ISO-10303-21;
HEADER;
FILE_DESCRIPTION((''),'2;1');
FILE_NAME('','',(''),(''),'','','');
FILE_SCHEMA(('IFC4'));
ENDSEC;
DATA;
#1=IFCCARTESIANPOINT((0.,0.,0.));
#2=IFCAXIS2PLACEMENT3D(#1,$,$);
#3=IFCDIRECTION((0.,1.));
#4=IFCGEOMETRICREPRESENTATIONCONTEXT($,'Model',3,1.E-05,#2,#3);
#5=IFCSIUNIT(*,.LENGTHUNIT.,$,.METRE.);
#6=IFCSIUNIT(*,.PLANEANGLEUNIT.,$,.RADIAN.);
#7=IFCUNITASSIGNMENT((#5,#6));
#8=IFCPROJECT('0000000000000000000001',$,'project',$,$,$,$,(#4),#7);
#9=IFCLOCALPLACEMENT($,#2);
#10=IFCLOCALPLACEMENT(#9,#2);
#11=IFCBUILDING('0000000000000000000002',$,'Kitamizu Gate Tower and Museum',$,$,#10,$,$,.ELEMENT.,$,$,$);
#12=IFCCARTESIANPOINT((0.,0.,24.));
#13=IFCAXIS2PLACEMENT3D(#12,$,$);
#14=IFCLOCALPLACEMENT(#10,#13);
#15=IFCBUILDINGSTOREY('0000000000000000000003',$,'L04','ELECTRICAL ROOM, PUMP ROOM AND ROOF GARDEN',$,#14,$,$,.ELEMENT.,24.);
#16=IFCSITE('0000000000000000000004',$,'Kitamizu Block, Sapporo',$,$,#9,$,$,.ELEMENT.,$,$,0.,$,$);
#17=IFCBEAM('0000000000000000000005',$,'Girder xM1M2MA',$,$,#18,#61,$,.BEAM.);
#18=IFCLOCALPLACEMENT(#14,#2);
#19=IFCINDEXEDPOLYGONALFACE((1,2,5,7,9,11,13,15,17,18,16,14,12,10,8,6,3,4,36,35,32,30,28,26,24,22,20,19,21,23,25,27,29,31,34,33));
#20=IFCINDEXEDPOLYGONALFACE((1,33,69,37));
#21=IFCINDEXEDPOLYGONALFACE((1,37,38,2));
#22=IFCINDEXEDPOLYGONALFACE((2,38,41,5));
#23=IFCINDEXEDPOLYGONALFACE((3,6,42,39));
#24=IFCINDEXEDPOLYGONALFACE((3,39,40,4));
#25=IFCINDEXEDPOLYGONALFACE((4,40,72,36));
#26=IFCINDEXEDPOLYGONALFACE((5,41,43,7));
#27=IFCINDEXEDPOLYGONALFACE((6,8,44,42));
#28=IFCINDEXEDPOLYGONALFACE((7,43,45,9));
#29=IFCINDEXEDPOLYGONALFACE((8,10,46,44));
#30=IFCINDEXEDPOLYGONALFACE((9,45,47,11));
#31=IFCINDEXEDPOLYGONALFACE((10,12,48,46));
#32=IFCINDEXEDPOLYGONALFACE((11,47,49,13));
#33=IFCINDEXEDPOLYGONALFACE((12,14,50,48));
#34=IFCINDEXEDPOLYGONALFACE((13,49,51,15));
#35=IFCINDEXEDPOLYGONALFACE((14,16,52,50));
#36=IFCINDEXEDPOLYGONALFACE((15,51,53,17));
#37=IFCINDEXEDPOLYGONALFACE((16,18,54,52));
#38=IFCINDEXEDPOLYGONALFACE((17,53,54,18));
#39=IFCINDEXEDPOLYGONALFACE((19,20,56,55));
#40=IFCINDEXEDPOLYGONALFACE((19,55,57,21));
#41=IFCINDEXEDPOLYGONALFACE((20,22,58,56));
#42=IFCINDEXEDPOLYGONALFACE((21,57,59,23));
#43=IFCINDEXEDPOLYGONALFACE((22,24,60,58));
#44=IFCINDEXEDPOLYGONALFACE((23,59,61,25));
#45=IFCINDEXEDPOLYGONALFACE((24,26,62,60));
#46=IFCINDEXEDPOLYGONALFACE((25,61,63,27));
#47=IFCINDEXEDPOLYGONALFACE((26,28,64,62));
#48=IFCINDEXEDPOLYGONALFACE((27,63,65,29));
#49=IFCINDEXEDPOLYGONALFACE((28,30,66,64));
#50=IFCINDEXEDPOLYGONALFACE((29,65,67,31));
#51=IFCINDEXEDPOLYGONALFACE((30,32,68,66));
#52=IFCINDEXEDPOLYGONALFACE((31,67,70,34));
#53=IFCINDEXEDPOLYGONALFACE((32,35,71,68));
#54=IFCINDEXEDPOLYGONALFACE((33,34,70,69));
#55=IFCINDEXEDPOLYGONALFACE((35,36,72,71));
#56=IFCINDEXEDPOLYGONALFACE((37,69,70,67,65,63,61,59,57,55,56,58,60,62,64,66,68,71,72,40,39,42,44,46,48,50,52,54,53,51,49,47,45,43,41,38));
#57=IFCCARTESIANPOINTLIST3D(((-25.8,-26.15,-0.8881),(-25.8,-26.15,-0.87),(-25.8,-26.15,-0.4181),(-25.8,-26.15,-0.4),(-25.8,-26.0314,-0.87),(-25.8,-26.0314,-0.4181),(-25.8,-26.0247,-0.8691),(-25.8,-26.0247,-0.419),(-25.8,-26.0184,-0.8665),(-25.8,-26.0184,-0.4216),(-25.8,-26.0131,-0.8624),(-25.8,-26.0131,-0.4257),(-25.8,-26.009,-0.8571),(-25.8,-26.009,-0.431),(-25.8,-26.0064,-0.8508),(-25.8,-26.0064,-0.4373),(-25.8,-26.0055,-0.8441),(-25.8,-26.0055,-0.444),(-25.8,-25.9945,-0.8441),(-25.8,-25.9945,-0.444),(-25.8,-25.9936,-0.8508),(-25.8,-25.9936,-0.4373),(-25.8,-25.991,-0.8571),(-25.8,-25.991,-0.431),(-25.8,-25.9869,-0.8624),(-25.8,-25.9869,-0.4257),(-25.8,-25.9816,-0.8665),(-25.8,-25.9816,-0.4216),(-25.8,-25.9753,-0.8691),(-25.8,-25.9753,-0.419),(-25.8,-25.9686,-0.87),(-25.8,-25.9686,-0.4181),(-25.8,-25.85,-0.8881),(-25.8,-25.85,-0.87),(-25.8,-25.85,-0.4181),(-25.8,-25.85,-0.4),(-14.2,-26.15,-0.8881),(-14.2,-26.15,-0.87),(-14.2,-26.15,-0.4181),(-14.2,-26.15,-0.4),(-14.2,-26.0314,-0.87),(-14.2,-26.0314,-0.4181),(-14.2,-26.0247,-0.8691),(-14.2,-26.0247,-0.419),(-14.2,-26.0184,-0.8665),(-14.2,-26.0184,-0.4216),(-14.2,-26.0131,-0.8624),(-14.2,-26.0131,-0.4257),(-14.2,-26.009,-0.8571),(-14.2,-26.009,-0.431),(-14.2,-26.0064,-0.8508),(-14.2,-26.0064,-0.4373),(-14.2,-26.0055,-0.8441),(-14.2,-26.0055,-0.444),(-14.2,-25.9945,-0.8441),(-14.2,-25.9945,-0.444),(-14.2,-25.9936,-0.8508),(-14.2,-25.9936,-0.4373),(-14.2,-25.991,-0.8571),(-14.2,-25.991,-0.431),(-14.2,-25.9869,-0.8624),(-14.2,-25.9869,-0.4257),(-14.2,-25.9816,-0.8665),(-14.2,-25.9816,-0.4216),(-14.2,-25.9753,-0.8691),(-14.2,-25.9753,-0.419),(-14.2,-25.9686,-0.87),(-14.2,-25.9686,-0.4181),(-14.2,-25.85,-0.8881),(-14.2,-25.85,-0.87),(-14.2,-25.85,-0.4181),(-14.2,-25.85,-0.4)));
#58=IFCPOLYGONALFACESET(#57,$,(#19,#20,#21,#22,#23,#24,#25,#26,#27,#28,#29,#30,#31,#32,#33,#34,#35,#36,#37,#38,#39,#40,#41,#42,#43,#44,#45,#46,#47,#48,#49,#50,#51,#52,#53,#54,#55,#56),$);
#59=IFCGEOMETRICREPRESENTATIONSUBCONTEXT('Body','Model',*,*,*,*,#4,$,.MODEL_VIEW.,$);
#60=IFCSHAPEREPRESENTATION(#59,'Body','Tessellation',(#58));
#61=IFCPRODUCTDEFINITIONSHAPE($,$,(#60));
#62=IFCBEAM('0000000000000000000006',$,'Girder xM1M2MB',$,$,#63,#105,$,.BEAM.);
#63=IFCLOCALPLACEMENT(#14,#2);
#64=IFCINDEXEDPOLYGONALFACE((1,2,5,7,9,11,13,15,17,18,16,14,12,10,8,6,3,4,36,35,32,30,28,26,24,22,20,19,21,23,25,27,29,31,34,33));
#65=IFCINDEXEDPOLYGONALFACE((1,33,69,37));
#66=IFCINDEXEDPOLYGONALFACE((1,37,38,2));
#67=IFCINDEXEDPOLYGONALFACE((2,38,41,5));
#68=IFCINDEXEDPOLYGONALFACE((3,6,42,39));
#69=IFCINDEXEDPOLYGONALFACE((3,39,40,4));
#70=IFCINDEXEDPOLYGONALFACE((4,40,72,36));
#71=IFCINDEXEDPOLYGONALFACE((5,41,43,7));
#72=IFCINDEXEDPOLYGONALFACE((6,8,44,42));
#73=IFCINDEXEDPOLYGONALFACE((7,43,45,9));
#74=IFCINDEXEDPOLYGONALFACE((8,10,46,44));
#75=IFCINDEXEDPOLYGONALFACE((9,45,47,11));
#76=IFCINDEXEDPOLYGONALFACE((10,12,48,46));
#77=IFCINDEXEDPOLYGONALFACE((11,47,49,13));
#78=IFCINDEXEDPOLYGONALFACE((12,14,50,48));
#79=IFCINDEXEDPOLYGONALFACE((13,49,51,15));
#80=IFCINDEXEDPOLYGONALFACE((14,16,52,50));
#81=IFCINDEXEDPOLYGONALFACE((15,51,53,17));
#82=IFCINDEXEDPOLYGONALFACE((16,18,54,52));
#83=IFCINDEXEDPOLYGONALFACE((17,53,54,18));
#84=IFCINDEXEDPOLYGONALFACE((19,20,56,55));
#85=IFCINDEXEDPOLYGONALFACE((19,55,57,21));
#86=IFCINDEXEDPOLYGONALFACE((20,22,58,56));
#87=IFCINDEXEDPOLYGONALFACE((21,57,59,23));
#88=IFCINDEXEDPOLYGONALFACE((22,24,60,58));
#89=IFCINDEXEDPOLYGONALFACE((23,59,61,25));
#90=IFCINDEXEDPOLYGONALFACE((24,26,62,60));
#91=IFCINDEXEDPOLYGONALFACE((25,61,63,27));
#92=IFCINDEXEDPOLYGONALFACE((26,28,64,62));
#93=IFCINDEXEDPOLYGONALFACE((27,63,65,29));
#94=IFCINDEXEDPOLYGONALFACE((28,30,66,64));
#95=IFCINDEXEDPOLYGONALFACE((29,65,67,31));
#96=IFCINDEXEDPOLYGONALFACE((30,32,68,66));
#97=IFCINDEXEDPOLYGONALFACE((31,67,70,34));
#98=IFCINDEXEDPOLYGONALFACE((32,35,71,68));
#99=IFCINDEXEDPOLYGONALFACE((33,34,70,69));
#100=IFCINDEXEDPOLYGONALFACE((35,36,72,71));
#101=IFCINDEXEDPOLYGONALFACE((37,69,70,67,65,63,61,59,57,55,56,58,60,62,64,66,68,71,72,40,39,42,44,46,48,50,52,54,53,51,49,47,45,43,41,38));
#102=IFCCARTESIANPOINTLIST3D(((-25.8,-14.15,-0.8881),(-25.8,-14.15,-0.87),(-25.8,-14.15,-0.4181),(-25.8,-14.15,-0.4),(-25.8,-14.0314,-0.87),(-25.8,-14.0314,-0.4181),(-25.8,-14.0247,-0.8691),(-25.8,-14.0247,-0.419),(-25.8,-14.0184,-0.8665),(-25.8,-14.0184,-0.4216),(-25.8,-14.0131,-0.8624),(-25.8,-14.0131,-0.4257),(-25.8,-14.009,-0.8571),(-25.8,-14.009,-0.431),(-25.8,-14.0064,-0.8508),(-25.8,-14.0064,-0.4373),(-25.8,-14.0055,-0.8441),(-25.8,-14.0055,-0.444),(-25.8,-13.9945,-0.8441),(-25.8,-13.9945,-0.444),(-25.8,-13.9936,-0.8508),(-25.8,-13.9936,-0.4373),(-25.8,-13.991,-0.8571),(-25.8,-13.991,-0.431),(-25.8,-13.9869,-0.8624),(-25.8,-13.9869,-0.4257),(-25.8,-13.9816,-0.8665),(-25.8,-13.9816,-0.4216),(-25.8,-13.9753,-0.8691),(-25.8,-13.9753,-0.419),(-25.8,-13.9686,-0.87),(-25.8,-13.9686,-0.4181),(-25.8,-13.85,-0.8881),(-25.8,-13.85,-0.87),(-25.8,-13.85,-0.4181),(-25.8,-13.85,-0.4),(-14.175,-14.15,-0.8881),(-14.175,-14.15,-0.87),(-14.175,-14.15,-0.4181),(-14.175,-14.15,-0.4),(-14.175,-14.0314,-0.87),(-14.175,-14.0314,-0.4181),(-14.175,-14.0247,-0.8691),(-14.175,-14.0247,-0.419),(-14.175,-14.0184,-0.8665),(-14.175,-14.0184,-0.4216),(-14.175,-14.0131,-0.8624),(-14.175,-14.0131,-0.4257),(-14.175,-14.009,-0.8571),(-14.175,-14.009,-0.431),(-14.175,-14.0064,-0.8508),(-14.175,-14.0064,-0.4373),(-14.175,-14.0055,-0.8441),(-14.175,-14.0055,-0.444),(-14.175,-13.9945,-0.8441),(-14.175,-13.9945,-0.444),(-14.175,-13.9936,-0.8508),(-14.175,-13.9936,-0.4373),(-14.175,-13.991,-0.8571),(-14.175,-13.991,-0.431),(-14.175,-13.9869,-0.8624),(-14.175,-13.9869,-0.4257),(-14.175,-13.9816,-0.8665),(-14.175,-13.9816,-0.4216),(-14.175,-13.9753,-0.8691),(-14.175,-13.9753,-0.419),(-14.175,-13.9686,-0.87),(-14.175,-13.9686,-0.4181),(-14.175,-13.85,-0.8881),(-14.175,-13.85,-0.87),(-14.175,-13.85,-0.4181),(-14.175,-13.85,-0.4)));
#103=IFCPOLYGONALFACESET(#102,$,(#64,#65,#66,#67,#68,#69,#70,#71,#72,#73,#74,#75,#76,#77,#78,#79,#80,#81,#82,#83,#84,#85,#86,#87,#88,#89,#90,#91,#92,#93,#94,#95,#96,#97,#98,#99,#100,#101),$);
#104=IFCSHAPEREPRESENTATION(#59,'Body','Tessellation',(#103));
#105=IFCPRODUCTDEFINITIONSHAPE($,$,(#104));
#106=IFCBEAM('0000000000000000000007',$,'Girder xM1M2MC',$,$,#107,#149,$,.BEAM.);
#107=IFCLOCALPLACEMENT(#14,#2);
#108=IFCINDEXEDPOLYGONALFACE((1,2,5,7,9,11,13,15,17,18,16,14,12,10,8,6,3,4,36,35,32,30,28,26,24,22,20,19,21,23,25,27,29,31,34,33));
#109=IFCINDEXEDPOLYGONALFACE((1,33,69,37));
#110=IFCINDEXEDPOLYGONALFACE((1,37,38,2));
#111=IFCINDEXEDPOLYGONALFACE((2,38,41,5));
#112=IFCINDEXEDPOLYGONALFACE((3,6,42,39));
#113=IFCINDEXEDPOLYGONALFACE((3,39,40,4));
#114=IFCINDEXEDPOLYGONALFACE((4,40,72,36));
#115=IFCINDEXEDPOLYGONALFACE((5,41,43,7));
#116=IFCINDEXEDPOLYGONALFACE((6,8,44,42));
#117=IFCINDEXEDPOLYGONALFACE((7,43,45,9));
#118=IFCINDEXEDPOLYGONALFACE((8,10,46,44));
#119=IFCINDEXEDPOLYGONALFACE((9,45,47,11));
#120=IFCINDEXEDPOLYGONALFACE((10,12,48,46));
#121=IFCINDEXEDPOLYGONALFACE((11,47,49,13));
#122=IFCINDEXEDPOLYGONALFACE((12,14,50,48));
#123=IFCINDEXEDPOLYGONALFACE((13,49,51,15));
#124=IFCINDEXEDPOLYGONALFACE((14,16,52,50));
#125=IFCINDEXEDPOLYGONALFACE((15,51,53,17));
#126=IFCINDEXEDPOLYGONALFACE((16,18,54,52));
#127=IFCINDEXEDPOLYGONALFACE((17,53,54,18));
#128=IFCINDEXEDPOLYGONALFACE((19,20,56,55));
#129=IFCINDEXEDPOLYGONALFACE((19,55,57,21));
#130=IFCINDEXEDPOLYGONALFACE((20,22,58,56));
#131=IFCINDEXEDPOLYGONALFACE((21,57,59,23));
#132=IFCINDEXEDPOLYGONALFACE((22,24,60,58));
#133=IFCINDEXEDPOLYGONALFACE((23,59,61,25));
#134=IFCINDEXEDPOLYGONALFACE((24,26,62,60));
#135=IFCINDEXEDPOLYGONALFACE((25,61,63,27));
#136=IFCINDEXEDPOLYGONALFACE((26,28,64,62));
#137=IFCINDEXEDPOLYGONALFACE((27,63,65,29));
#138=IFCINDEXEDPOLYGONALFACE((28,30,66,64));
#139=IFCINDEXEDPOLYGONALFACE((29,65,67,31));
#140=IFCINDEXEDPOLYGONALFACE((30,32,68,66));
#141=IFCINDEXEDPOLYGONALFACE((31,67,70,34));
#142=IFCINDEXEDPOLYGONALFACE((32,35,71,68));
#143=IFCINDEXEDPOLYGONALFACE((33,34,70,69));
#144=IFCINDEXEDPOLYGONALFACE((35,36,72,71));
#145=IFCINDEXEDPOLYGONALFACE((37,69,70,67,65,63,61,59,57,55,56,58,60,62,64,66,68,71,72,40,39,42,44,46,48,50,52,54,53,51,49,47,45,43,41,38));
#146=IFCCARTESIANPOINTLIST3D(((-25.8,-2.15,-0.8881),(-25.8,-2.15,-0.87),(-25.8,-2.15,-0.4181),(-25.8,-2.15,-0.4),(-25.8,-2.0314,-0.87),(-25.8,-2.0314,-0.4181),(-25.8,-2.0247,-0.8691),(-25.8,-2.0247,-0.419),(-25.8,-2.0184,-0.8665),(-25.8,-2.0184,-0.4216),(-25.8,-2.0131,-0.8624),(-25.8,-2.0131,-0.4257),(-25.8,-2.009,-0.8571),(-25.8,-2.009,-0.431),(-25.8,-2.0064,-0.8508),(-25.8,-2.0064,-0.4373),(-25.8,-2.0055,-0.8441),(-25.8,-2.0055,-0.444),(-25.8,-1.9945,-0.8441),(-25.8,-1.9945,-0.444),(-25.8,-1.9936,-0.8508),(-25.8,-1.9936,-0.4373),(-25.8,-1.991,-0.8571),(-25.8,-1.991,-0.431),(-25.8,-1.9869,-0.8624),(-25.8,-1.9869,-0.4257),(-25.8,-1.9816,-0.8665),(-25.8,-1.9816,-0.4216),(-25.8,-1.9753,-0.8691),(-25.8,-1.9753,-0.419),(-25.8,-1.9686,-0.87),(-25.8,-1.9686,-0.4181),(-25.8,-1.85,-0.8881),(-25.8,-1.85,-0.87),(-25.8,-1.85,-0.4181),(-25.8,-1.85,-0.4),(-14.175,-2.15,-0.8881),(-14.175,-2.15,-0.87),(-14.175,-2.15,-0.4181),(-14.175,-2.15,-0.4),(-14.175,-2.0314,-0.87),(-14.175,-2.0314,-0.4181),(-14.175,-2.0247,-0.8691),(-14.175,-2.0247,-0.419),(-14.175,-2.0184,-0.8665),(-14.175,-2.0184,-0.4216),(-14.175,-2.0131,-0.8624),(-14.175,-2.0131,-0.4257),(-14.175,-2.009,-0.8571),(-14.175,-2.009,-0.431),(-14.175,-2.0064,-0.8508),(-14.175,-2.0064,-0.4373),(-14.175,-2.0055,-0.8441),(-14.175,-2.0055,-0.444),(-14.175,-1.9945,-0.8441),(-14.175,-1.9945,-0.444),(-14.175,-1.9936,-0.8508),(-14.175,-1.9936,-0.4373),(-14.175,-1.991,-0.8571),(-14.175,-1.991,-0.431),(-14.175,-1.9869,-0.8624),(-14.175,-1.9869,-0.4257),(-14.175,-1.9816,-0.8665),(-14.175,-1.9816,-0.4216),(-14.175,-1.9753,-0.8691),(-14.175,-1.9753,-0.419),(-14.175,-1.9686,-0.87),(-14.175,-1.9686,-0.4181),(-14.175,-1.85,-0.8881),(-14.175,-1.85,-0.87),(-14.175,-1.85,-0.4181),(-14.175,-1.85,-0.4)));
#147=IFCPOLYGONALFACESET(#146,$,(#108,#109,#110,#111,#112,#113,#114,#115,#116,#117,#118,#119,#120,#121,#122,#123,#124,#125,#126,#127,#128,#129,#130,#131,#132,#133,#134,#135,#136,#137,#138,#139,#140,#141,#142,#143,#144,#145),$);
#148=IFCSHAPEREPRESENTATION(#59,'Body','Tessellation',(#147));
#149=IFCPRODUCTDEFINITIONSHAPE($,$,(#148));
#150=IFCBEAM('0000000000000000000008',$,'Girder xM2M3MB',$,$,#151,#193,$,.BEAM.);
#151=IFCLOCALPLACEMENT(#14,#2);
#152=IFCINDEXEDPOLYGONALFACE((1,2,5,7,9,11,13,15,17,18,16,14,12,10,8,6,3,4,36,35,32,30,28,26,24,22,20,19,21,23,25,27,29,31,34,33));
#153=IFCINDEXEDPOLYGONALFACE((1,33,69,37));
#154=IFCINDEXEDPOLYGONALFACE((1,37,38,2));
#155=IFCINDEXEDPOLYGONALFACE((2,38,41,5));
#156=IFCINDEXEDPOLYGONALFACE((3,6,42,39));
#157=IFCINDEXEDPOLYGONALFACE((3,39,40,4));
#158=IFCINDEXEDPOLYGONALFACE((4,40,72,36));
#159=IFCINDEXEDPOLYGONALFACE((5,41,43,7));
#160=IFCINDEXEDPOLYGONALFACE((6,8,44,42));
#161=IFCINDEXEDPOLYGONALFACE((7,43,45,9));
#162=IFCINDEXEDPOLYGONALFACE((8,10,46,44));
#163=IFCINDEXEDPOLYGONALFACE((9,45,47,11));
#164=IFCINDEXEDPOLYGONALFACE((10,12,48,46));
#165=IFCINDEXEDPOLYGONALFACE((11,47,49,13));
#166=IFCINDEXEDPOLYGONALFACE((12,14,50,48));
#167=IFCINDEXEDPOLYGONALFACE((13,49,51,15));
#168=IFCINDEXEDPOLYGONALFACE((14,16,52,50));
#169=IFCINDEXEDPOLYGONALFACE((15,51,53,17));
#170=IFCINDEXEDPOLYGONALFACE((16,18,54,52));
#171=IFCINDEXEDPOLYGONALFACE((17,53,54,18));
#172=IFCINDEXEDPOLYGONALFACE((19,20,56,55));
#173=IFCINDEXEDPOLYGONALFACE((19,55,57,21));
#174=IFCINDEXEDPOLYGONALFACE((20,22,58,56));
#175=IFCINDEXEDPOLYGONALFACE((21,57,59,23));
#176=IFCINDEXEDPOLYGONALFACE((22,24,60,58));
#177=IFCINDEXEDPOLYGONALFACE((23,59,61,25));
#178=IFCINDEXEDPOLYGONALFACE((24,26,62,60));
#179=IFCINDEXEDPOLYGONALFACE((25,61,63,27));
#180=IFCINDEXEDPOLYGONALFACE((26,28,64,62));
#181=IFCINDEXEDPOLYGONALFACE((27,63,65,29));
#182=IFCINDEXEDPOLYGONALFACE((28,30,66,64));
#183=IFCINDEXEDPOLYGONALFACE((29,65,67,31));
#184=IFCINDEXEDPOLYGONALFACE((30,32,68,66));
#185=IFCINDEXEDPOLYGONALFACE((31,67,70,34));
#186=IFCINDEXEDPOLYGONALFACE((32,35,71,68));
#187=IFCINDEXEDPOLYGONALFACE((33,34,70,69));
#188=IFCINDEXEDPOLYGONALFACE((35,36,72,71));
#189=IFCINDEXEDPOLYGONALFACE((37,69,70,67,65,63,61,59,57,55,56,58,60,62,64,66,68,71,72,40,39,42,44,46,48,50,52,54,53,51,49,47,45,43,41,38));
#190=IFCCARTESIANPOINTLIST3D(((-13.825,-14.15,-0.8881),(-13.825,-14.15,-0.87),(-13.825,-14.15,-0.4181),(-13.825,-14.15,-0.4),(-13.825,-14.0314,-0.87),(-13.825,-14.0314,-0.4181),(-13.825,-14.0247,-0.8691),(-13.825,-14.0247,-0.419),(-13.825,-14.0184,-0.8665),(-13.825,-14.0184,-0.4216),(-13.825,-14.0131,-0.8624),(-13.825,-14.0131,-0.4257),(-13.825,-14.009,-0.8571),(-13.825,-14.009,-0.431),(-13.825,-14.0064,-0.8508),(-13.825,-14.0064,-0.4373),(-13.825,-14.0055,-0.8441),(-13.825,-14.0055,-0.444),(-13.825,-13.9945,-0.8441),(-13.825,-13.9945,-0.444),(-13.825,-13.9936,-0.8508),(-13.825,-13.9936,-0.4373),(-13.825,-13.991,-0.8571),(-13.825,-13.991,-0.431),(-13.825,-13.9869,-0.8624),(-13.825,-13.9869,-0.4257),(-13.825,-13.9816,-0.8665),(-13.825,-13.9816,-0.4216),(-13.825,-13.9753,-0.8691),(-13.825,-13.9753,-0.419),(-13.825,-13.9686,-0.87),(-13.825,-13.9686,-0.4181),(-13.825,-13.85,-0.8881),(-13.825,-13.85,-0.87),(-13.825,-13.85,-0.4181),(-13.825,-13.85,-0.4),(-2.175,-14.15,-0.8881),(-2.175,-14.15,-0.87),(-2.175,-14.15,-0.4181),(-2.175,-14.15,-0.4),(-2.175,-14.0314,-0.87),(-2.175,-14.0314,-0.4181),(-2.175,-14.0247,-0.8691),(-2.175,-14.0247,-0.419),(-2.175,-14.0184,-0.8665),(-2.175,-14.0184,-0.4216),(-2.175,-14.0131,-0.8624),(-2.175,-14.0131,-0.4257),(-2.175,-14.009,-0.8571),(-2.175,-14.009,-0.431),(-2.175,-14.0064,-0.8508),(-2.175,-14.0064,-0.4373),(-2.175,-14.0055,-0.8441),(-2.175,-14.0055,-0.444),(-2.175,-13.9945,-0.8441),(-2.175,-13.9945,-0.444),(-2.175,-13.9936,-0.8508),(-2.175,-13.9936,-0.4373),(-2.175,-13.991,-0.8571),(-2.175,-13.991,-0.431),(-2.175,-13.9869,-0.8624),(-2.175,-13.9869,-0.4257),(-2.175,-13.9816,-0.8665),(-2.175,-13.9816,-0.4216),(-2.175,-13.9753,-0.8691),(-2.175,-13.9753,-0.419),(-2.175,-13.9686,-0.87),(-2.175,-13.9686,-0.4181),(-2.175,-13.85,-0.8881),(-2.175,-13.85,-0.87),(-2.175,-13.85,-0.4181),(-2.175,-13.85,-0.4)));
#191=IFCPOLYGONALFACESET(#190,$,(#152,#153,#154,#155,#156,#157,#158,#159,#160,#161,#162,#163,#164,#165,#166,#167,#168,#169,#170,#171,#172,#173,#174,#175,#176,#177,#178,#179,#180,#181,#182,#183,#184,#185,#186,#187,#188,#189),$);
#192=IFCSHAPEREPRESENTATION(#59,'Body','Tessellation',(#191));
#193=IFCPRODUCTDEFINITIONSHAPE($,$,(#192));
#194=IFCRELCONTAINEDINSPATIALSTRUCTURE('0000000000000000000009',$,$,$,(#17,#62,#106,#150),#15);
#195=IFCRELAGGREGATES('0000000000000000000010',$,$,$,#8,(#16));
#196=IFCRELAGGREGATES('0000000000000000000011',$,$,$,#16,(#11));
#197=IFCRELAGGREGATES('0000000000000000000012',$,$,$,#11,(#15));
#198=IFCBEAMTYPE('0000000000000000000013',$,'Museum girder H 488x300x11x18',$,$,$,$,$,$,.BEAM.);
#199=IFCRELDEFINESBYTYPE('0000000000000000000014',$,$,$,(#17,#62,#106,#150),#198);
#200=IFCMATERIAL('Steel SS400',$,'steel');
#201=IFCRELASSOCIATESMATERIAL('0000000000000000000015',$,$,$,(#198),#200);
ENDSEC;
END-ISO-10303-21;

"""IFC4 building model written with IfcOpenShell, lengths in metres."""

from ifc_helpers import new_model, si_unit, direction, frame, origin, origin_2d, place, context, subcontext, project, spatial, i_section, extrude, material, material_profile, profile_set, type_object, element, save


model = new_model("IFC4")

# Units and contexts
model_context = context("Model", 3, precision=1e-05, world=origin(), true_north=direction((0.0, 1.0)))
body_context = subcontext(model_context, "Body", "Model", "MODEL_VIEW")
ifc_project = project(units=[si_unit("LENGTHUNIT", "METRE"), si_unit("PLANEANGLEUNIT", "RADIAN")], contexts=[model_context])

# Site, building, storey
site_placement = place(None, origin())
site = spatial("IfcSite", under=ifc_project, at=site_placement, Name="Kitamizu Block, Sapporo", CompositionType="ELEMENT", RefElevation=0.0)
building_placement = place(site_placement, origin())
building = spatial("IfcBuilding", under=site, at=building_placement, Name="Kitamizu Gate Tower and Museum", CompositionType="ELEMENT")
storey_placement = place(building_placement, frame((0.0, 0.0, 24.0)))
storey = spatial("IfcBuildingStorey", under=building, at=storey_placement, Name="L04", Description="ELECTRICAL ROOM, PUMP ROOM AND ROOF GARDEN", CompositionType="ELEMENT", Elevation=24.0)

# Beams
ifc_material_1 = material(Name="Steel SS400", Category="steel")
ifc_material_profile_1 = material_profile(ifc_material_1, i_section(OverallWidth=0.3, OverallDepth=0.488, WebThickness=0.011, FlangeThickness=0.0181, FilletRadius=0.0259, at=origin_2d()), Name="H-488x300x11x18")
ifc_profile_set_1 = profile_set([ifc_material_profile_1], Name="Steel SS400")
beam_type_1 = type_object("IfcBeamType", Name="Museum girder H 488x300x11x18", PredefinedType="BEAM", material=ifc_profile_set_1)
beam_1_placement = place(storey_placement, frame((-25.8, -26.0, -0.644), z_axis=(1.0, 0.0, 0.0), x_axis=(0.0, 1.0, 0.0)))
element("IfcBeam", 1, at=beam_1_placement, inside=storey, type_object=beam_type_1, Name="Girder xM1M2MA", PredefinedType="BEAM", context=body_context, shape_type="SweptSolid", body=[
    extrude(i_section(OverallWidth=0.3, OverallDepth=0.488, WebThickness=0.011, FlangeThickness=0.0181, FilletRadius=0.0259, at=origin_2d()), origin(), (0.0, 0.0, 1.0), 11.6001),
])
for number, where, z_axis, x_axis, name in (
    (2, (-25.8, -14.0, -0.644), (1.0, 0.0, 0.0), (0.0, 1.0, 0.0), "Girder xM1M2MB"),
    (3, (-25.8, -2.0, -0.644), (1.0, 0.0, 0.0), (0.0, 1.0, 0.0), "Girder xM1M2MC"),
):
    element("IfcBeam", number, at=place(storey_placement, frame(where, z_axis=z_axis, x_axis=x_axis)), inside=storey, type_object=beam_type_1, Name=name, PredefinedType="BEAM", context=body_context, shape_type="SweptSolid", body=[
        extrude(i_section(OverallWidth=0.3, OverallDepth=0.488, WebThickness=0.011, FlangeThickness=0.0181, FilletRadius=0.0259, at=origin_2d()), origin(), (0.0, 0.0, 1.0), 11.625),
    ])
beam_2_placement = place(storey_placement, frame((-13.825, -14.0, -0.644), z_axis=(1.0, 0.0, 0.0), x_axis=(0.0, 1.0, 0.0)))
element("IfcBeam", 4, at=beam_2_placement, inside=storey, type_object=beam_type_1, Name="Girder xM2M3MB", PredefinedType="BEAM", context=body_context, shape_type="SweptSolid", body=[
    extrude(i_section(OverallWidth=0.3, OverallDepth=0.488, WebThickness=0.011, FlangeThickness=0.0181, FilletRadius=0.0259, at=origin_2d()), origin(), (0.0, 0.0, 1.0), 11.6499),
])

save(model, "model.ifc")
